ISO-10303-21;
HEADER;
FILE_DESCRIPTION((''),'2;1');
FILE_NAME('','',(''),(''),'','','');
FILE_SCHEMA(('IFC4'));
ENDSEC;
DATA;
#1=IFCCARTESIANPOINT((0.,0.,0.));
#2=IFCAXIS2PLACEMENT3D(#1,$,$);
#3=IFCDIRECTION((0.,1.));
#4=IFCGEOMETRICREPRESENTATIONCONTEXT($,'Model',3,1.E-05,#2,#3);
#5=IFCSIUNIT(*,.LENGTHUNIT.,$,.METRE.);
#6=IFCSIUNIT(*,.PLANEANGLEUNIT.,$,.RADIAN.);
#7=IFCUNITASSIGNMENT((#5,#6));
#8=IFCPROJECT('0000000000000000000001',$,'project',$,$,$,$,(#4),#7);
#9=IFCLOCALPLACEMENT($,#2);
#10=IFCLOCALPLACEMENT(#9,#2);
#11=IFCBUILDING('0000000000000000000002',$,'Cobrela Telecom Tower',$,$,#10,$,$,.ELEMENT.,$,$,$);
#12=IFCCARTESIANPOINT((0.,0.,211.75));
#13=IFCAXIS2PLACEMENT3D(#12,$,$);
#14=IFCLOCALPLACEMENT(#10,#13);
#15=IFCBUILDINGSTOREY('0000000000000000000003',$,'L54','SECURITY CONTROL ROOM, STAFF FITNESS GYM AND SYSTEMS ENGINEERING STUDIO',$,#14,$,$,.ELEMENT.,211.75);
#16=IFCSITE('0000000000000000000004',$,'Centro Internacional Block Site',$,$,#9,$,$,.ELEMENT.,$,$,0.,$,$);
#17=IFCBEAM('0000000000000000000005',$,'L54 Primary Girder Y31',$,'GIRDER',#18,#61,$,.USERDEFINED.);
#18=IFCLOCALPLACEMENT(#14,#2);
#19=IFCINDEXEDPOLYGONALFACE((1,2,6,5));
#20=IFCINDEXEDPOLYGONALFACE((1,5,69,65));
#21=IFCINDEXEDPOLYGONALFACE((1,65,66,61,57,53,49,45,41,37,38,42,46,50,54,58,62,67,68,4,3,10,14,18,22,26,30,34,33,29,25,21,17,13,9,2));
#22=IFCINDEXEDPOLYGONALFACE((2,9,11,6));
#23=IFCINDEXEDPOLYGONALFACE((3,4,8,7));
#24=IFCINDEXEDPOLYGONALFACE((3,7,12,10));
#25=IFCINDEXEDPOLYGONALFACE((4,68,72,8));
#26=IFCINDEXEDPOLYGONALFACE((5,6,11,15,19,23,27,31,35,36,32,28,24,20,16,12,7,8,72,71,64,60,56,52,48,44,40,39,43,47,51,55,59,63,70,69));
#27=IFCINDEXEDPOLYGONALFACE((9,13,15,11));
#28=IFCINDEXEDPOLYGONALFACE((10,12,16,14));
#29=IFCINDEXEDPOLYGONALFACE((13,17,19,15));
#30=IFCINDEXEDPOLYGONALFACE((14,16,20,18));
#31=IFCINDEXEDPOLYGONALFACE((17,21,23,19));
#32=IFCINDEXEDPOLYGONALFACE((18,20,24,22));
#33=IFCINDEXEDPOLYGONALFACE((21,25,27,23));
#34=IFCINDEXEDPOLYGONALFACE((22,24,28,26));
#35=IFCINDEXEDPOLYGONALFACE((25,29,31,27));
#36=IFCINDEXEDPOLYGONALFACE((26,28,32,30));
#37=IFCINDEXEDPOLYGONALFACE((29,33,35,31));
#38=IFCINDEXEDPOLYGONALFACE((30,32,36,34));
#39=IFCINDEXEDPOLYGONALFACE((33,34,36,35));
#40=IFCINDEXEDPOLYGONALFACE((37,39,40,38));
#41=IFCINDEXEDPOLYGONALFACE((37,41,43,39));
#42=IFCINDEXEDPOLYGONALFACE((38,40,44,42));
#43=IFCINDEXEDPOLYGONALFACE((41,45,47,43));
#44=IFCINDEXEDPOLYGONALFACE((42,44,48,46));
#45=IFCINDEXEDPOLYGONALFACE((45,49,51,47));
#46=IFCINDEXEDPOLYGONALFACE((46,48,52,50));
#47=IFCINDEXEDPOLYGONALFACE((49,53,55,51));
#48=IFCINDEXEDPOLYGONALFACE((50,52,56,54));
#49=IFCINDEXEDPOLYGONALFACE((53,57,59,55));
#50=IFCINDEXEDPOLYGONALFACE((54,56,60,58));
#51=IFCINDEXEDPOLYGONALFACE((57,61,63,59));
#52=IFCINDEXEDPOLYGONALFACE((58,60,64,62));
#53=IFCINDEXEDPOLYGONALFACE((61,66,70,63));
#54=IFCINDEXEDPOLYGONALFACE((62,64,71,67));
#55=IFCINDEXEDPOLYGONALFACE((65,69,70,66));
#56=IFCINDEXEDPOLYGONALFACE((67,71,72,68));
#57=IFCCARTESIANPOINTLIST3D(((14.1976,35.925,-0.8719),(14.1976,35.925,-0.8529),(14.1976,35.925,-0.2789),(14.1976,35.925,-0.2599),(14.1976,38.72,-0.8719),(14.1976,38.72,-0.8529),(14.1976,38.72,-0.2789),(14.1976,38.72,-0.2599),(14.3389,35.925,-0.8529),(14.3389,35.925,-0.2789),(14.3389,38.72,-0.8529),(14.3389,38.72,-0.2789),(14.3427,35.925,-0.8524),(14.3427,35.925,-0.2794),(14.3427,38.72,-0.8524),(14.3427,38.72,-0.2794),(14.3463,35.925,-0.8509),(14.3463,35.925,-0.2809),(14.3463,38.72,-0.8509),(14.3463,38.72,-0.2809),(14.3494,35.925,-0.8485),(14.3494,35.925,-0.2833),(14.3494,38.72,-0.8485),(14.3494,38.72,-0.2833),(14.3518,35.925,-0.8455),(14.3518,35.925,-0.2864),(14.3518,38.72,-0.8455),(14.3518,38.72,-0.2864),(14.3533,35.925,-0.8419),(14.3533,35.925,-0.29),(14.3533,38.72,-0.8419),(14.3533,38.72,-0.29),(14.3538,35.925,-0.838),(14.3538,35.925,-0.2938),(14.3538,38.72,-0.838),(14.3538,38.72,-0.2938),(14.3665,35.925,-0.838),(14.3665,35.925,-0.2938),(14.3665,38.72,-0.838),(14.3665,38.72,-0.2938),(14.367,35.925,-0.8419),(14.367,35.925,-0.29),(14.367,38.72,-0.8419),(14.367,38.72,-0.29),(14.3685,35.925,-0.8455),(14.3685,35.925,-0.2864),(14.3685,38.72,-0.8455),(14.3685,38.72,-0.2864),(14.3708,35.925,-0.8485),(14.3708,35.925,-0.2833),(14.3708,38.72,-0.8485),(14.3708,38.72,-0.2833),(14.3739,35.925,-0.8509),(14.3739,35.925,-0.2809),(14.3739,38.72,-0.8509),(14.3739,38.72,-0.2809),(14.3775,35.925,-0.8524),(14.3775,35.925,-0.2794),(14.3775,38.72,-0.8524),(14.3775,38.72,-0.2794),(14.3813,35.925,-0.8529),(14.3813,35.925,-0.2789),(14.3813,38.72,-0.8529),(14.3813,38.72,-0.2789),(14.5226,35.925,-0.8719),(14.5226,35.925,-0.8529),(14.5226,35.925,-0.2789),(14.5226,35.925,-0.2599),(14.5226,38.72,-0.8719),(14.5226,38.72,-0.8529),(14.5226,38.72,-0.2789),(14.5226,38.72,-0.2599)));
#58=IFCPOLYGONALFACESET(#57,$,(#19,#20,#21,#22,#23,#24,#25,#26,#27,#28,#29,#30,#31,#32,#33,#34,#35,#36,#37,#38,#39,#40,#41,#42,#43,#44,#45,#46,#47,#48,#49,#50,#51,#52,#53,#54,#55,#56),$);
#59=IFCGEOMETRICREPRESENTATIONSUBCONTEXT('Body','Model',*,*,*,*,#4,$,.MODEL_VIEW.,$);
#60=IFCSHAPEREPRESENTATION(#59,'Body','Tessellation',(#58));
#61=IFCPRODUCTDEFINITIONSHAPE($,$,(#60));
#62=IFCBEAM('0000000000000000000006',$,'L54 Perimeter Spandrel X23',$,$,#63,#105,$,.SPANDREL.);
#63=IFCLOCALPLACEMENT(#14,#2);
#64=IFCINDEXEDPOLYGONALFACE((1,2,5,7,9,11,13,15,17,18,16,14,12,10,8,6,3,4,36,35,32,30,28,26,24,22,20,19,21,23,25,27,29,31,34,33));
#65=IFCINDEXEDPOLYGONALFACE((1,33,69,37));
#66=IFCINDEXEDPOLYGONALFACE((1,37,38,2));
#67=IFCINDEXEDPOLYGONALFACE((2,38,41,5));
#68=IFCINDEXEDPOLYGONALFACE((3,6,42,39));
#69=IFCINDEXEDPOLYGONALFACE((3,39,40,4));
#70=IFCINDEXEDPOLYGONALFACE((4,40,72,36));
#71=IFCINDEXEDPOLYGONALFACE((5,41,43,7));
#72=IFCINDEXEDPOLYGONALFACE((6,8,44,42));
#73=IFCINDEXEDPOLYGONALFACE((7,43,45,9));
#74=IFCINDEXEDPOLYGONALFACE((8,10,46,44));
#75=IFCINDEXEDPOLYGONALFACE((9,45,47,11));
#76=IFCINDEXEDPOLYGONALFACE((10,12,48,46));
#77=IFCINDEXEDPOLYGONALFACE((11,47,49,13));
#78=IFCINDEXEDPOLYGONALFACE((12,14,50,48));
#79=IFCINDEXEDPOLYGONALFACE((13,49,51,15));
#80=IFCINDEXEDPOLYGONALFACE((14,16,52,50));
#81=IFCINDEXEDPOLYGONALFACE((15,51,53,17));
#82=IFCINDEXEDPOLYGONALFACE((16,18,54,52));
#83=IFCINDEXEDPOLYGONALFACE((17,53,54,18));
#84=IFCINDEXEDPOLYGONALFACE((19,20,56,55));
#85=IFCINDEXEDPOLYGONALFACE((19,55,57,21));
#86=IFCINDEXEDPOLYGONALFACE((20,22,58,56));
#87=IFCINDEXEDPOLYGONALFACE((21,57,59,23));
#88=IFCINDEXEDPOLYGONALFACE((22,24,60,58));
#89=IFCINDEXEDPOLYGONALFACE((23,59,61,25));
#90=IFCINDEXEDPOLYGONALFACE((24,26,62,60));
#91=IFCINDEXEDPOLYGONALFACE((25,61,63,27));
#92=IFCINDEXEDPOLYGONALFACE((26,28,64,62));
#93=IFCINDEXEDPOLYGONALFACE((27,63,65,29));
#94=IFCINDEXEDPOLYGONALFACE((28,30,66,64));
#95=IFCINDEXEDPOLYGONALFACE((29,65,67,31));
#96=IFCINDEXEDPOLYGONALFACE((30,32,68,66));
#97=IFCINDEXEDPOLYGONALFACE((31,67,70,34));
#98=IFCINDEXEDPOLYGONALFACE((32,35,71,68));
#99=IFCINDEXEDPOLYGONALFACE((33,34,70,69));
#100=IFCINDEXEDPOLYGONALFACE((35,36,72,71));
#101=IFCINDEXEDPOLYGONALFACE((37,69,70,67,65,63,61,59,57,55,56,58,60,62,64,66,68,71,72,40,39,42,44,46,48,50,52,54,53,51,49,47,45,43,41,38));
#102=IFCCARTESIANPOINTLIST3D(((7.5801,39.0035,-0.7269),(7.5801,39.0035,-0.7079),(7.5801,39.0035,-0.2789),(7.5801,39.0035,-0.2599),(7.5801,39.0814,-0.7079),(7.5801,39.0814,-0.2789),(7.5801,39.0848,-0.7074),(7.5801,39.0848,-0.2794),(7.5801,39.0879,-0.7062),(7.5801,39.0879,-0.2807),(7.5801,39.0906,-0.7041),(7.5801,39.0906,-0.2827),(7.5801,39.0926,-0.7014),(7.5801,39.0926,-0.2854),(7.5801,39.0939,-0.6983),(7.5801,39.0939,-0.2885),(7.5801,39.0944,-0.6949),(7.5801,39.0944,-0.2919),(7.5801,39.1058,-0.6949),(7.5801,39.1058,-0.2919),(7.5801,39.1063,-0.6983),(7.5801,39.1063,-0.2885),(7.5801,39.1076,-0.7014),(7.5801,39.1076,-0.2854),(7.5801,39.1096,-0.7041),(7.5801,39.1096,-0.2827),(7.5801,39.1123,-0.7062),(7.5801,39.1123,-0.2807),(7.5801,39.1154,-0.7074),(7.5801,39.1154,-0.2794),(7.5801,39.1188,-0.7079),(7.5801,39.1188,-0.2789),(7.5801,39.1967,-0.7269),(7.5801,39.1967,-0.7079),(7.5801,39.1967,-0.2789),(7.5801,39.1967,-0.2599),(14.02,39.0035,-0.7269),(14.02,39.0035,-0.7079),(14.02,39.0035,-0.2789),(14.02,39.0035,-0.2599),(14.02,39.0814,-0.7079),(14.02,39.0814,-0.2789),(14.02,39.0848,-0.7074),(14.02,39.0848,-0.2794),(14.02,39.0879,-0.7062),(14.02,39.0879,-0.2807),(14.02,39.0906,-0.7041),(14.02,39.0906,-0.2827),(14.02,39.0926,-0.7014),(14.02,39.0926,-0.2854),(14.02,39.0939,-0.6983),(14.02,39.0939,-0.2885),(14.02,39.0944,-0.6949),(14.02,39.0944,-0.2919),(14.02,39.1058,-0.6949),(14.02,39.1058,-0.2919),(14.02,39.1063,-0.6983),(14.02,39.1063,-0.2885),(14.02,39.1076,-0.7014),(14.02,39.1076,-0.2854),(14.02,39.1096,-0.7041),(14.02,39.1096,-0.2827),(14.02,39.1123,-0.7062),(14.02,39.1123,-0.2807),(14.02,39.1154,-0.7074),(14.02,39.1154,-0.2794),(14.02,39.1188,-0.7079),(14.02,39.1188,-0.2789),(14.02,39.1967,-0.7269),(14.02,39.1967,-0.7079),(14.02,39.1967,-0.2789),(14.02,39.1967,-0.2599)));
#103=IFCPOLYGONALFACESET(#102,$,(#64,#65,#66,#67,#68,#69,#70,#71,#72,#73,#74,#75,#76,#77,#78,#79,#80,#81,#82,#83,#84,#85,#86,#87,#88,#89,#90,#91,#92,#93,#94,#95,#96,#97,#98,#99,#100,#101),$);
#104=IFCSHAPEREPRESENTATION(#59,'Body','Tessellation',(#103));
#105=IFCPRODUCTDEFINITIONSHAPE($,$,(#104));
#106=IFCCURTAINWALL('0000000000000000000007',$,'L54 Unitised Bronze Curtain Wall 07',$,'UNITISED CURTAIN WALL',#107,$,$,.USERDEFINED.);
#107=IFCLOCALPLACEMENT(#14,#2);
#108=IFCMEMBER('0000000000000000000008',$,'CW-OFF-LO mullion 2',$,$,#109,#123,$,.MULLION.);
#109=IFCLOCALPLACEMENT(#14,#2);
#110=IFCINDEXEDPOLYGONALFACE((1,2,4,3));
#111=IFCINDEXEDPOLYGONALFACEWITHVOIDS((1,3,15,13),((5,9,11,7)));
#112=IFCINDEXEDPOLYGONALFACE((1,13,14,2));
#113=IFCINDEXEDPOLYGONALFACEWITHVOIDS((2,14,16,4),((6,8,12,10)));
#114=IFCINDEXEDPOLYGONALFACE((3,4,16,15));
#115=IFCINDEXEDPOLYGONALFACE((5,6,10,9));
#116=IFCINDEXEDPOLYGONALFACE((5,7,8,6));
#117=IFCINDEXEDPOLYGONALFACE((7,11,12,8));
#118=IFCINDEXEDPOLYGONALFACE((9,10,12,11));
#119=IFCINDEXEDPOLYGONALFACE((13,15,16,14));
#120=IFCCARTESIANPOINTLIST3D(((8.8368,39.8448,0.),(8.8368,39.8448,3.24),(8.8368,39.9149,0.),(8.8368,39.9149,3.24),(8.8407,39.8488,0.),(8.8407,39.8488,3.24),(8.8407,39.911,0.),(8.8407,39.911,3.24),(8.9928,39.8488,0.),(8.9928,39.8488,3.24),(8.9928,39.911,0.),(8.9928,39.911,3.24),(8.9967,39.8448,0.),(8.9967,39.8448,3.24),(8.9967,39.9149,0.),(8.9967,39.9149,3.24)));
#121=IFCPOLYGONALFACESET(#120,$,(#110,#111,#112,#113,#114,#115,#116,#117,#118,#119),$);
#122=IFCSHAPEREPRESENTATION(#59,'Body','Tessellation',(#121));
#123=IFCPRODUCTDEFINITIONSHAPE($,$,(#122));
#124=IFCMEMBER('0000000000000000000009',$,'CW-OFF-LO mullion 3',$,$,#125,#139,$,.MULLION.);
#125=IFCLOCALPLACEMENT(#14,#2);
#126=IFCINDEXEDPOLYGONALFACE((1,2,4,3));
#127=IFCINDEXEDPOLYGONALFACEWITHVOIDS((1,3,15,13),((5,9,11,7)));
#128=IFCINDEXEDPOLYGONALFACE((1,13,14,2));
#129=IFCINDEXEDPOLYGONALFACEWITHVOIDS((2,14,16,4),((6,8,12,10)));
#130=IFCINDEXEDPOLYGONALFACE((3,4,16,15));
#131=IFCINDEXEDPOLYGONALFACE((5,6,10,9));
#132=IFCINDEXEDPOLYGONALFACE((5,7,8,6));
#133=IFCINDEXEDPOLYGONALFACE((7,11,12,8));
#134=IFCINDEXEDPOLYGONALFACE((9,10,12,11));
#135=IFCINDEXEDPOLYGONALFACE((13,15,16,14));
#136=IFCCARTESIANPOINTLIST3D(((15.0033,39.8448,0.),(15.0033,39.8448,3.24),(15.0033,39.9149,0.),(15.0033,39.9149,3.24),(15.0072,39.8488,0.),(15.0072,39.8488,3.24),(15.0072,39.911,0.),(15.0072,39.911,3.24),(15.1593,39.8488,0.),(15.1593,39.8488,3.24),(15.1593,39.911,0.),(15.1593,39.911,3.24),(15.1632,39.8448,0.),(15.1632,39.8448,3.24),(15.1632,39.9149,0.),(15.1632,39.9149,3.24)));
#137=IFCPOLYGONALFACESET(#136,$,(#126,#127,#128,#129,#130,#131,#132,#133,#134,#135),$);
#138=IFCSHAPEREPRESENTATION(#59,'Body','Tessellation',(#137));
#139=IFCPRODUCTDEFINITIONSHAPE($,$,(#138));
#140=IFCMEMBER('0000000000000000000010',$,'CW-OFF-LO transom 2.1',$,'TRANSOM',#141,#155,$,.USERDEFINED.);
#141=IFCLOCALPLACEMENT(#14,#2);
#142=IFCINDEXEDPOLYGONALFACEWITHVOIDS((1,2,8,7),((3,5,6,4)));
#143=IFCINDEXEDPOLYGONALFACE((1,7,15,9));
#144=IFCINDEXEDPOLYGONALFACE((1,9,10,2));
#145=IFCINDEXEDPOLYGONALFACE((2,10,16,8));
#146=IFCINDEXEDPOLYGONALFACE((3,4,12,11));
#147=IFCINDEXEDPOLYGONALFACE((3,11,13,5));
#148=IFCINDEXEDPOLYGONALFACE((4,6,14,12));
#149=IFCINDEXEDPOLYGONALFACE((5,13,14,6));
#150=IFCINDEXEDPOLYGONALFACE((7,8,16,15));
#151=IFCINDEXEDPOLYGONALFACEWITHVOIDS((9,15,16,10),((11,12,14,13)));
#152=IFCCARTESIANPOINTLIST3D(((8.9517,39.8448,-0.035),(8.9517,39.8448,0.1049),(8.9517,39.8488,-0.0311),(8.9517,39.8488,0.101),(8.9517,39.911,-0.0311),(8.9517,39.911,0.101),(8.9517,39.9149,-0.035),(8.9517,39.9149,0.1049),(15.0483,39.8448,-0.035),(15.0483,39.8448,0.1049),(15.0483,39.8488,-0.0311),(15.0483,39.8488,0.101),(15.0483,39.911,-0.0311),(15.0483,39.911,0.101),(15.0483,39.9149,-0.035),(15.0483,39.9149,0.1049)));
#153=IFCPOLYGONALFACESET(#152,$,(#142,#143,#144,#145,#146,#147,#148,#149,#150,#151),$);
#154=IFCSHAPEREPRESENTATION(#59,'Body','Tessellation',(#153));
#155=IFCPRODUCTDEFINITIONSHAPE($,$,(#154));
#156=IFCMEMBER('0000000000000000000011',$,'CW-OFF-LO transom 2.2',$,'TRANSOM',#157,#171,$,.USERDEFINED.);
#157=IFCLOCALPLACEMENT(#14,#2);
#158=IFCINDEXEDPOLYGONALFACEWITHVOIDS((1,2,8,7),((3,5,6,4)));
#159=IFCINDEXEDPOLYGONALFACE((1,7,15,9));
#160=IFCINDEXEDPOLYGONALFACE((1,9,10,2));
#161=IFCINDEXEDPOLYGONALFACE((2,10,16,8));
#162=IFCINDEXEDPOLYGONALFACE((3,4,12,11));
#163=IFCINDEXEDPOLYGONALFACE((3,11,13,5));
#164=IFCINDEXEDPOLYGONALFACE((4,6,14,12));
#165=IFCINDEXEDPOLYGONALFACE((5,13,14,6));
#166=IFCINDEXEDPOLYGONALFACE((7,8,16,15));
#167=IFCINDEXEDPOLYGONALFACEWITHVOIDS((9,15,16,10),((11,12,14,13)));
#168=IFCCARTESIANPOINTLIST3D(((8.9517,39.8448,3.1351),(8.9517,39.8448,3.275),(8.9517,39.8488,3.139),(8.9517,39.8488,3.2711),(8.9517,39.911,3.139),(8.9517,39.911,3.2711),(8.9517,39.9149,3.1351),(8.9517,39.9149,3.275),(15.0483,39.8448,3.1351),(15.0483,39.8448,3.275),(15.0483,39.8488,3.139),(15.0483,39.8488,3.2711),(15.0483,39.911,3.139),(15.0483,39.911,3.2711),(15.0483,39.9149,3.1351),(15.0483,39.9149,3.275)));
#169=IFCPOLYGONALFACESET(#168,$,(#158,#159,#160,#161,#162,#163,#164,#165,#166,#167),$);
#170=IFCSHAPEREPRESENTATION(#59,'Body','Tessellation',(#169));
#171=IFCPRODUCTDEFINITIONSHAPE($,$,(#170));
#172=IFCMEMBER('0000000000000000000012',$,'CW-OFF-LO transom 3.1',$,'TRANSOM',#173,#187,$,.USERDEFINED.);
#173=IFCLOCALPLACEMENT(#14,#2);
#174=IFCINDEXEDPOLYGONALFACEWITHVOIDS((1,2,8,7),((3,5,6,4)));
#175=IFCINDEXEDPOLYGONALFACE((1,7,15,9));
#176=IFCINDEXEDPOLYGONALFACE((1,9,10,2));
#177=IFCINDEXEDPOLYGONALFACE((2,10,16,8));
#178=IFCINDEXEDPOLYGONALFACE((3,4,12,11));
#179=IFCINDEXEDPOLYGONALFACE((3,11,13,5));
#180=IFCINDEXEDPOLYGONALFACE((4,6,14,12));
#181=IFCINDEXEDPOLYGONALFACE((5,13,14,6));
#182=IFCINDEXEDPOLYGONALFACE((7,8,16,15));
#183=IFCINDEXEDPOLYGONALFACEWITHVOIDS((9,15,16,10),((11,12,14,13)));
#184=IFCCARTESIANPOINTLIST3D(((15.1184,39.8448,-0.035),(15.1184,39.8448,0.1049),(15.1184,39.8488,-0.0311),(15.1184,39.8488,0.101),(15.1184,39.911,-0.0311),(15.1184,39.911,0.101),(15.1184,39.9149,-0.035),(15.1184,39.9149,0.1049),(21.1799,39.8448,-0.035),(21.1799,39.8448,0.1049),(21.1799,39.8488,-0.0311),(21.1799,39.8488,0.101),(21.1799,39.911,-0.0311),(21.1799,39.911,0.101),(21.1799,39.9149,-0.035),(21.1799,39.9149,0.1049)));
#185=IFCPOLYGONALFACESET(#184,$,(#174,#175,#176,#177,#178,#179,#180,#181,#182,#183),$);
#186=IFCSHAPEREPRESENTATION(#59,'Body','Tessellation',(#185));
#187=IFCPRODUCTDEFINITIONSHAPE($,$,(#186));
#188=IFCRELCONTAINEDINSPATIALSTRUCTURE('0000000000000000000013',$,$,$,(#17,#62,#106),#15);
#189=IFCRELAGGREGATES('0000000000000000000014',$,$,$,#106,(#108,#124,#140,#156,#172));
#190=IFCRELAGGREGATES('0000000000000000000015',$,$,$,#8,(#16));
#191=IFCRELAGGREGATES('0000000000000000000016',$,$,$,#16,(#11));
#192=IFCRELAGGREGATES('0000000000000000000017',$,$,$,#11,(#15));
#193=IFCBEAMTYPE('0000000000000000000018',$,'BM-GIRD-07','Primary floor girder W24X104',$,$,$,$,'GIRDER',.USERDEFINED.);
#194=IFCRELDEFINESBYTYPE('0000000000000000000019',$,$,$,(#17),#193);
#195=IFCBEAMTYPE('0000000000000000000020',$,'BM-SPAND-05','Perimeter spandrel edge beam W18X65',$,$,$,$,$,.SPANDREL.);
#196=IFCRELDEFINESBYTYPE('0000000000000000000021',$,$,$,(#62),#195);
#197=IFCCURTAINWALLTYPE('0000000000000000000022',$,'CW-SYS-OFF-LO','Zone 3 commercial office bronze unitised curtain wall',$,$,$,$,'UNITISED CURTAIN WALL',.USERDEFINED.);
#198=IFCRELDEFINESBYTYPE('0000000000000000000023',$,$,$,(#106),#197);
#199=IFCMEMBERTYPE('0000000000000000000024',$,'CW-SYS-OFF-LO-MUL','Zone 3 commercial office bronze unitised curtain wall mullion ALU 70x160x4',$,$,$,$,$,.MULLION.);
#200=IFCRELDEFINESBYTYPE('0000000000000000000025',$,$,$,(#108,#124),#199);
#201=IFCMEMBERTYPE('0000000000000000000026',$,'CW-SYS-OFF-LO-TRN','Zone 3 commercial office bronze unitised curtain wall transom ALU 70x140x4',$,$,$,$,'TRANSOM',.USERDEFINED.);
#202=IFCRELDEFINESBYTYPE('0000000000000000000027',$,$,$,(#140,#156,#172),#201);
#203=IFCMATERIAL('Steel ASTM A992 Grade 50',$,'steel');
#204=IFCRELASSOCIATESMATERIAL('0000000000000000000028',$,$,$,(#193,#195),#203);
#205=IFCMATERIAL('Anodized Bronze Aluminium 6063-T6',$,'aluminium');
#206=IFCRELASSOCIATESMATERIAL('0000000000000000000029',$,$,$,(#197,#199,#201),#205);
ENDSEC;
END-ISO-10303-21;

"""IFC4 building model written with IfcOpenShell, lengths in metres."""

from ifc_helpers import new_model, si_unit, direction, frame, origin, origin_2d, place, context, subcontext, project, spatial, hollow_rectangle, i_section, extrude, material, material_profile, profile_set, type_object, element, aggregate, save


model = new_model("IFC4")

# Units and contexts
model_context = context("Model", 3, precision=1e-05, world=origin(), true_north=direction((0.0, 1.0)))
body_context = subcontext(model_context, "Body", "Model", "MODEL_VIEW")
ifc_project = project(units=[si_unit("LENGTHUNIT", "METRE"), si_unit("PLANEANGLEUNIT", "RADIAN")], contexts=[model_context])

# Site, building, storey
site_placement = place(None, origin())
site = spatial("IfcSite", under=ifc_project, at=site_placement, Name="Centro Internacional Block Site", CompositionType="ELEMENT", RefElevation=0.0)
building_placement = place(site_placement, origin())
building = spatial("IfcBuilding", under=site, at=building_placement, Name="Cobrela Telecom Tower", CompositionType="ELEMENT")
storey_placement = place(building_placement, frame((0.0, 0.0, 211.75)))
storey = spatial("IfcBuildingStorey", under=building, at=storey_placement, Name="L54", Description="SECURITY CONTROL ROOM, STAFF FITNESS GYM AND SYSTEMS ENGINEERING STUDIO", CompositionType="ELEMENT", Elevation=211.75)

# Beams
ifc_material_1 = material(Name="Steel ASTM A992 Grade 50", Category="steel")
ifc_material_profile_1 = material_profile(ifc_material_1, i_section(OverallWidth=0.325, OverallDepth=0.6121, WebThickness=0.0127, FlangeThickness=0.019, FilletRadius=0.0149, at=origin_2d()), Name="W24X104")
ifc_profile_set_1 = profile_set([ifc_material_profile_1], Name="Steel ASTM A992 Grade 50")
beam_type_1 = type_object("IfcBeamType", Name="BM-GIRD-07", Description="Primary floor girder W24X104", ElementType="GIRDER", PredefinedType="USERDEFINED", material=ifc_profile_set_1)
for number, where, z_axis, x_axis, name in (
    (1, (14.3601, 35.925, -0.5659), (0.0, 1.0, 0.0), (-1.0, 0.0, 0.0), "L54 Primary Girder Y31"),
):
    element("IfcBeam", number, at=place(storey_placement, frame(where, z_axis=z_axis, x_axis=x_axis)), inside=storey, type_object=beam_type_1, Name=name, ObjectType="GIRDER", PredefinedType="USERDEFINED", context=body_context, shape_type="SweptSolid", body=[
        extrude(i_section(OverallWidth=0.325, OverallDepth=0.6121, WebThickness=0.0127, FlangeThickness=0.019, FilletRadius=0.0149, at=origin_2d()), origin(), (0.0, 0.0, 1.0), 2.7949),
    ])
ifc_material_profile_2 = material_profile(ifc_material_1, i_section(OverallWidth=0.1931, OverallDepth=0.467, WebThickness=0.0115, FlangeThickness=0.019, FilletRadius=0.0129, at=origin_2d()), Name="W18X65")
ifc_profile_set_2 = profile_set([ifc_material_profile_2], Name="Steel ASTM A992 Grade 50")
beam_type_2 = type_object("IfcBeamType", Name="BM-SPAND-05", Description="Perimeter spandrel edge beam W18X65", PredefinedType="SPANDREL", material=ifc_profile_set_2)
beam_1_placement = place(storey_placement, frame((7.5801, 39.1001, -0.4934), z_axis=(1.0, 0.0, 0.0), x_axis=(0.0, 1.0, 0.0)))
element("IfcBeam", 2, at=beam_1_placement, inside=storey, type_object=beam_type_2, Name="L54 Perimeter Spandrel X23", PredefinedType="SPANDREL", context=body_context, shape_type="SweptSolid", body=[
    extrude(i_section(OverallWidth=0.1931, OverallDepth=0.467, WebThickness=0.0115, FlangeThickness=0.019, FilletRadius=0.0129, at=origin_2d()), origin(), (0.0, 0.0, 1.0), 6.4399),
])

# Curtain wall, members
ifc_material_2 = material(Name="Anodized Bronze Aluminium 6063-T6", Category="aluminium")
curtain_wall_type = type_object("IfcCurtainWallType", Name="CW-SYS-OFF-LO", Description="Zone 3 commercial office bronze unitised curtain wall", ElementType="UNITISED CURTAIN WALL", PredefinedType="USERDEFINED", material=ifc_material_2)
curtain_wall_placement = place(storey_placement, origin())
curtain_wall = element("IfcCurtainWall", 3, at=curtain_wall_placement, inside=storey, type_object=curtain_wall_type, Name="L54 Unitised Bronze Curtain Wall 07", ObjectType="UNITISED CURTAIN WALL", PredefinedType="USERDEFINED")
ifc_material_profile_3 = material_profile(ifc_material_2, hollow_rectangle(XDim=0.0701, YDim=0.1599, WallThickness=0.0039, at=origin_2d()), Name="ALU 70x160x4")
ifc_profile_set_3 = profile_set([ifc_material_profile_3], Name="Anodized Bronze Aluminium 6063-T6")
member_type_1 = type_object("IfcMemberType", Name="CW-SYS-OFF-LO-MUL", Description="Zone 3 commercial office bronze unitised curtain wall mullion ALU 70x160x4", PredefinedType="MULLION", material=ifc_profile_set_3)
member_1_placement = place(storey_placement, frame((8.9167, 39.8799, 0.0), z_axis=(0.0, 0.0, 1.0), x_axis=(0.0, 1.0, 0.0)))
member_1 = element("IfcMember", 4, at=member_1_placement, type_object=member_type_1, Name="CW-OFF-LO mullion 2", PredefinedType="MULLION", context=body_context, shape_type="SweptSolid", body=[
    extrude(hollow_rectangle(XDim=0.0701, YDim=0.1599, WallThickness=0.0039, at=origin_2d()), origin(), (0.0, 0.0, 1.0), 3.24),
])
member_2_placement = place(storey_placement, frame((15.0833, 39.8799, 0.0), z_axis=(0.0, 0.0, 1.0), x_axis=(0.0, 1.0, 0.0)))
member_2 = element("IfcMember", 5, at=member_2_placement, type_object=member_type_1, Name="CW-OFF-LO mullion 3", PredefinedType="MULLION", context=body_context, shape_type="SweptSolid", body=[
    extrude(hollow_rectangle(XDim=0.0701, YDim=0.1599, WallThickness=0.0039, at=origin_2d()), origin(), (0.0, 0.0, 1.0), 3.24),
])
ifc_material_profile_4 = material_profile(ifc_material_2, hollow_rectangle(XDim=0.0701, YDim=0.1399, WallThickness=0.0039, at=origin_2d()), Name="ALU 70x140x4")
ifc_profile_set_4 = profile_set([ifc_material_profile_4], Name="Anodized Bronze Aluminium 6063-T6")
member_type_2 = type_object("IfcMemberType", Name="CW-SYS-OFF-LO-TRN", Description="Zone 3 commercial office bronze unitised curtain wall transom ALU 70x140x4", ElementType="TRANSOM", PredefinedType="USERDEFINED", material=ifc_profile_set_4)
member_3_placement = place(storey_placement, frame((8.9517, 39.8799, 0.0349), z_axis=(1.0, 0.0, 0.0), x_axis=(0.0, 1.0, 0.0)))
member_3 = element("IfcMember", 6, at=member_3_placement, type_object=member_type_2, Name="CW-OFF-LO transom 2.1", ObjectType="TRANSOM", PredefinedType="USERDEFINED", context=body_context, shape_type="SweptSolid", body=[
    extrude(hollow_rectangle(XDim=0.0701, YDim=0.1399, WallThickness=0.0039, at=origin_2d()), origin(), (0.0, 0.0, 1.0), 6.0967),
])
member_4_placement = place(storey_placement, frame((8.9517, 39.8799, 3.2051), z_axis=(1.0, 0.0, 0.0), x_axis=(0.0, 1.0, 0.0)))
member_4 = element("IfcMember", 7, at=member_4_placement, type_object=member_type_2, Name="CW-OFF-LO transom 2.2", ObjectType="TRANSOM", PredefinedType="USERDEFINED", context=body_context, shape_type="SweptSolid", body=[
    extrude(hollow_rectangle(XDim=0.0701, YDim=0.1399, WallThickness=0.0039, at=origin_2d()), origin(), (0.0, 0.0, 1.0), 6.0967),
])
member_5_placement = place(storey_placement, frame((15.1184, 39.8799, 0.0349), z_axis=(1.0, 0.0, 0.0), x_axis=(0.0, 1.0, 0.0)))
member_5 = element("IfcMember", 8, at=member_5_placement, type_object=member_type_2, Name="CW-OFF-LO transom 3.1", ObjectType="TRANSOM", PredefinedType="USERDEFINED", context=body_context, shape_type="SweptSolid", body=[
    extrude(hollow_rectangle(XDim=0.0701, YDim=0.1399, WallThickness=0.0039, at=origin_2d()), origin(), (0.0, 0.0, 1.0), 6.0615),
])

aggregate(curtain_wall, [member_1, member_2, member_3, member_4, member_5])

save(model, "model.ifc")
